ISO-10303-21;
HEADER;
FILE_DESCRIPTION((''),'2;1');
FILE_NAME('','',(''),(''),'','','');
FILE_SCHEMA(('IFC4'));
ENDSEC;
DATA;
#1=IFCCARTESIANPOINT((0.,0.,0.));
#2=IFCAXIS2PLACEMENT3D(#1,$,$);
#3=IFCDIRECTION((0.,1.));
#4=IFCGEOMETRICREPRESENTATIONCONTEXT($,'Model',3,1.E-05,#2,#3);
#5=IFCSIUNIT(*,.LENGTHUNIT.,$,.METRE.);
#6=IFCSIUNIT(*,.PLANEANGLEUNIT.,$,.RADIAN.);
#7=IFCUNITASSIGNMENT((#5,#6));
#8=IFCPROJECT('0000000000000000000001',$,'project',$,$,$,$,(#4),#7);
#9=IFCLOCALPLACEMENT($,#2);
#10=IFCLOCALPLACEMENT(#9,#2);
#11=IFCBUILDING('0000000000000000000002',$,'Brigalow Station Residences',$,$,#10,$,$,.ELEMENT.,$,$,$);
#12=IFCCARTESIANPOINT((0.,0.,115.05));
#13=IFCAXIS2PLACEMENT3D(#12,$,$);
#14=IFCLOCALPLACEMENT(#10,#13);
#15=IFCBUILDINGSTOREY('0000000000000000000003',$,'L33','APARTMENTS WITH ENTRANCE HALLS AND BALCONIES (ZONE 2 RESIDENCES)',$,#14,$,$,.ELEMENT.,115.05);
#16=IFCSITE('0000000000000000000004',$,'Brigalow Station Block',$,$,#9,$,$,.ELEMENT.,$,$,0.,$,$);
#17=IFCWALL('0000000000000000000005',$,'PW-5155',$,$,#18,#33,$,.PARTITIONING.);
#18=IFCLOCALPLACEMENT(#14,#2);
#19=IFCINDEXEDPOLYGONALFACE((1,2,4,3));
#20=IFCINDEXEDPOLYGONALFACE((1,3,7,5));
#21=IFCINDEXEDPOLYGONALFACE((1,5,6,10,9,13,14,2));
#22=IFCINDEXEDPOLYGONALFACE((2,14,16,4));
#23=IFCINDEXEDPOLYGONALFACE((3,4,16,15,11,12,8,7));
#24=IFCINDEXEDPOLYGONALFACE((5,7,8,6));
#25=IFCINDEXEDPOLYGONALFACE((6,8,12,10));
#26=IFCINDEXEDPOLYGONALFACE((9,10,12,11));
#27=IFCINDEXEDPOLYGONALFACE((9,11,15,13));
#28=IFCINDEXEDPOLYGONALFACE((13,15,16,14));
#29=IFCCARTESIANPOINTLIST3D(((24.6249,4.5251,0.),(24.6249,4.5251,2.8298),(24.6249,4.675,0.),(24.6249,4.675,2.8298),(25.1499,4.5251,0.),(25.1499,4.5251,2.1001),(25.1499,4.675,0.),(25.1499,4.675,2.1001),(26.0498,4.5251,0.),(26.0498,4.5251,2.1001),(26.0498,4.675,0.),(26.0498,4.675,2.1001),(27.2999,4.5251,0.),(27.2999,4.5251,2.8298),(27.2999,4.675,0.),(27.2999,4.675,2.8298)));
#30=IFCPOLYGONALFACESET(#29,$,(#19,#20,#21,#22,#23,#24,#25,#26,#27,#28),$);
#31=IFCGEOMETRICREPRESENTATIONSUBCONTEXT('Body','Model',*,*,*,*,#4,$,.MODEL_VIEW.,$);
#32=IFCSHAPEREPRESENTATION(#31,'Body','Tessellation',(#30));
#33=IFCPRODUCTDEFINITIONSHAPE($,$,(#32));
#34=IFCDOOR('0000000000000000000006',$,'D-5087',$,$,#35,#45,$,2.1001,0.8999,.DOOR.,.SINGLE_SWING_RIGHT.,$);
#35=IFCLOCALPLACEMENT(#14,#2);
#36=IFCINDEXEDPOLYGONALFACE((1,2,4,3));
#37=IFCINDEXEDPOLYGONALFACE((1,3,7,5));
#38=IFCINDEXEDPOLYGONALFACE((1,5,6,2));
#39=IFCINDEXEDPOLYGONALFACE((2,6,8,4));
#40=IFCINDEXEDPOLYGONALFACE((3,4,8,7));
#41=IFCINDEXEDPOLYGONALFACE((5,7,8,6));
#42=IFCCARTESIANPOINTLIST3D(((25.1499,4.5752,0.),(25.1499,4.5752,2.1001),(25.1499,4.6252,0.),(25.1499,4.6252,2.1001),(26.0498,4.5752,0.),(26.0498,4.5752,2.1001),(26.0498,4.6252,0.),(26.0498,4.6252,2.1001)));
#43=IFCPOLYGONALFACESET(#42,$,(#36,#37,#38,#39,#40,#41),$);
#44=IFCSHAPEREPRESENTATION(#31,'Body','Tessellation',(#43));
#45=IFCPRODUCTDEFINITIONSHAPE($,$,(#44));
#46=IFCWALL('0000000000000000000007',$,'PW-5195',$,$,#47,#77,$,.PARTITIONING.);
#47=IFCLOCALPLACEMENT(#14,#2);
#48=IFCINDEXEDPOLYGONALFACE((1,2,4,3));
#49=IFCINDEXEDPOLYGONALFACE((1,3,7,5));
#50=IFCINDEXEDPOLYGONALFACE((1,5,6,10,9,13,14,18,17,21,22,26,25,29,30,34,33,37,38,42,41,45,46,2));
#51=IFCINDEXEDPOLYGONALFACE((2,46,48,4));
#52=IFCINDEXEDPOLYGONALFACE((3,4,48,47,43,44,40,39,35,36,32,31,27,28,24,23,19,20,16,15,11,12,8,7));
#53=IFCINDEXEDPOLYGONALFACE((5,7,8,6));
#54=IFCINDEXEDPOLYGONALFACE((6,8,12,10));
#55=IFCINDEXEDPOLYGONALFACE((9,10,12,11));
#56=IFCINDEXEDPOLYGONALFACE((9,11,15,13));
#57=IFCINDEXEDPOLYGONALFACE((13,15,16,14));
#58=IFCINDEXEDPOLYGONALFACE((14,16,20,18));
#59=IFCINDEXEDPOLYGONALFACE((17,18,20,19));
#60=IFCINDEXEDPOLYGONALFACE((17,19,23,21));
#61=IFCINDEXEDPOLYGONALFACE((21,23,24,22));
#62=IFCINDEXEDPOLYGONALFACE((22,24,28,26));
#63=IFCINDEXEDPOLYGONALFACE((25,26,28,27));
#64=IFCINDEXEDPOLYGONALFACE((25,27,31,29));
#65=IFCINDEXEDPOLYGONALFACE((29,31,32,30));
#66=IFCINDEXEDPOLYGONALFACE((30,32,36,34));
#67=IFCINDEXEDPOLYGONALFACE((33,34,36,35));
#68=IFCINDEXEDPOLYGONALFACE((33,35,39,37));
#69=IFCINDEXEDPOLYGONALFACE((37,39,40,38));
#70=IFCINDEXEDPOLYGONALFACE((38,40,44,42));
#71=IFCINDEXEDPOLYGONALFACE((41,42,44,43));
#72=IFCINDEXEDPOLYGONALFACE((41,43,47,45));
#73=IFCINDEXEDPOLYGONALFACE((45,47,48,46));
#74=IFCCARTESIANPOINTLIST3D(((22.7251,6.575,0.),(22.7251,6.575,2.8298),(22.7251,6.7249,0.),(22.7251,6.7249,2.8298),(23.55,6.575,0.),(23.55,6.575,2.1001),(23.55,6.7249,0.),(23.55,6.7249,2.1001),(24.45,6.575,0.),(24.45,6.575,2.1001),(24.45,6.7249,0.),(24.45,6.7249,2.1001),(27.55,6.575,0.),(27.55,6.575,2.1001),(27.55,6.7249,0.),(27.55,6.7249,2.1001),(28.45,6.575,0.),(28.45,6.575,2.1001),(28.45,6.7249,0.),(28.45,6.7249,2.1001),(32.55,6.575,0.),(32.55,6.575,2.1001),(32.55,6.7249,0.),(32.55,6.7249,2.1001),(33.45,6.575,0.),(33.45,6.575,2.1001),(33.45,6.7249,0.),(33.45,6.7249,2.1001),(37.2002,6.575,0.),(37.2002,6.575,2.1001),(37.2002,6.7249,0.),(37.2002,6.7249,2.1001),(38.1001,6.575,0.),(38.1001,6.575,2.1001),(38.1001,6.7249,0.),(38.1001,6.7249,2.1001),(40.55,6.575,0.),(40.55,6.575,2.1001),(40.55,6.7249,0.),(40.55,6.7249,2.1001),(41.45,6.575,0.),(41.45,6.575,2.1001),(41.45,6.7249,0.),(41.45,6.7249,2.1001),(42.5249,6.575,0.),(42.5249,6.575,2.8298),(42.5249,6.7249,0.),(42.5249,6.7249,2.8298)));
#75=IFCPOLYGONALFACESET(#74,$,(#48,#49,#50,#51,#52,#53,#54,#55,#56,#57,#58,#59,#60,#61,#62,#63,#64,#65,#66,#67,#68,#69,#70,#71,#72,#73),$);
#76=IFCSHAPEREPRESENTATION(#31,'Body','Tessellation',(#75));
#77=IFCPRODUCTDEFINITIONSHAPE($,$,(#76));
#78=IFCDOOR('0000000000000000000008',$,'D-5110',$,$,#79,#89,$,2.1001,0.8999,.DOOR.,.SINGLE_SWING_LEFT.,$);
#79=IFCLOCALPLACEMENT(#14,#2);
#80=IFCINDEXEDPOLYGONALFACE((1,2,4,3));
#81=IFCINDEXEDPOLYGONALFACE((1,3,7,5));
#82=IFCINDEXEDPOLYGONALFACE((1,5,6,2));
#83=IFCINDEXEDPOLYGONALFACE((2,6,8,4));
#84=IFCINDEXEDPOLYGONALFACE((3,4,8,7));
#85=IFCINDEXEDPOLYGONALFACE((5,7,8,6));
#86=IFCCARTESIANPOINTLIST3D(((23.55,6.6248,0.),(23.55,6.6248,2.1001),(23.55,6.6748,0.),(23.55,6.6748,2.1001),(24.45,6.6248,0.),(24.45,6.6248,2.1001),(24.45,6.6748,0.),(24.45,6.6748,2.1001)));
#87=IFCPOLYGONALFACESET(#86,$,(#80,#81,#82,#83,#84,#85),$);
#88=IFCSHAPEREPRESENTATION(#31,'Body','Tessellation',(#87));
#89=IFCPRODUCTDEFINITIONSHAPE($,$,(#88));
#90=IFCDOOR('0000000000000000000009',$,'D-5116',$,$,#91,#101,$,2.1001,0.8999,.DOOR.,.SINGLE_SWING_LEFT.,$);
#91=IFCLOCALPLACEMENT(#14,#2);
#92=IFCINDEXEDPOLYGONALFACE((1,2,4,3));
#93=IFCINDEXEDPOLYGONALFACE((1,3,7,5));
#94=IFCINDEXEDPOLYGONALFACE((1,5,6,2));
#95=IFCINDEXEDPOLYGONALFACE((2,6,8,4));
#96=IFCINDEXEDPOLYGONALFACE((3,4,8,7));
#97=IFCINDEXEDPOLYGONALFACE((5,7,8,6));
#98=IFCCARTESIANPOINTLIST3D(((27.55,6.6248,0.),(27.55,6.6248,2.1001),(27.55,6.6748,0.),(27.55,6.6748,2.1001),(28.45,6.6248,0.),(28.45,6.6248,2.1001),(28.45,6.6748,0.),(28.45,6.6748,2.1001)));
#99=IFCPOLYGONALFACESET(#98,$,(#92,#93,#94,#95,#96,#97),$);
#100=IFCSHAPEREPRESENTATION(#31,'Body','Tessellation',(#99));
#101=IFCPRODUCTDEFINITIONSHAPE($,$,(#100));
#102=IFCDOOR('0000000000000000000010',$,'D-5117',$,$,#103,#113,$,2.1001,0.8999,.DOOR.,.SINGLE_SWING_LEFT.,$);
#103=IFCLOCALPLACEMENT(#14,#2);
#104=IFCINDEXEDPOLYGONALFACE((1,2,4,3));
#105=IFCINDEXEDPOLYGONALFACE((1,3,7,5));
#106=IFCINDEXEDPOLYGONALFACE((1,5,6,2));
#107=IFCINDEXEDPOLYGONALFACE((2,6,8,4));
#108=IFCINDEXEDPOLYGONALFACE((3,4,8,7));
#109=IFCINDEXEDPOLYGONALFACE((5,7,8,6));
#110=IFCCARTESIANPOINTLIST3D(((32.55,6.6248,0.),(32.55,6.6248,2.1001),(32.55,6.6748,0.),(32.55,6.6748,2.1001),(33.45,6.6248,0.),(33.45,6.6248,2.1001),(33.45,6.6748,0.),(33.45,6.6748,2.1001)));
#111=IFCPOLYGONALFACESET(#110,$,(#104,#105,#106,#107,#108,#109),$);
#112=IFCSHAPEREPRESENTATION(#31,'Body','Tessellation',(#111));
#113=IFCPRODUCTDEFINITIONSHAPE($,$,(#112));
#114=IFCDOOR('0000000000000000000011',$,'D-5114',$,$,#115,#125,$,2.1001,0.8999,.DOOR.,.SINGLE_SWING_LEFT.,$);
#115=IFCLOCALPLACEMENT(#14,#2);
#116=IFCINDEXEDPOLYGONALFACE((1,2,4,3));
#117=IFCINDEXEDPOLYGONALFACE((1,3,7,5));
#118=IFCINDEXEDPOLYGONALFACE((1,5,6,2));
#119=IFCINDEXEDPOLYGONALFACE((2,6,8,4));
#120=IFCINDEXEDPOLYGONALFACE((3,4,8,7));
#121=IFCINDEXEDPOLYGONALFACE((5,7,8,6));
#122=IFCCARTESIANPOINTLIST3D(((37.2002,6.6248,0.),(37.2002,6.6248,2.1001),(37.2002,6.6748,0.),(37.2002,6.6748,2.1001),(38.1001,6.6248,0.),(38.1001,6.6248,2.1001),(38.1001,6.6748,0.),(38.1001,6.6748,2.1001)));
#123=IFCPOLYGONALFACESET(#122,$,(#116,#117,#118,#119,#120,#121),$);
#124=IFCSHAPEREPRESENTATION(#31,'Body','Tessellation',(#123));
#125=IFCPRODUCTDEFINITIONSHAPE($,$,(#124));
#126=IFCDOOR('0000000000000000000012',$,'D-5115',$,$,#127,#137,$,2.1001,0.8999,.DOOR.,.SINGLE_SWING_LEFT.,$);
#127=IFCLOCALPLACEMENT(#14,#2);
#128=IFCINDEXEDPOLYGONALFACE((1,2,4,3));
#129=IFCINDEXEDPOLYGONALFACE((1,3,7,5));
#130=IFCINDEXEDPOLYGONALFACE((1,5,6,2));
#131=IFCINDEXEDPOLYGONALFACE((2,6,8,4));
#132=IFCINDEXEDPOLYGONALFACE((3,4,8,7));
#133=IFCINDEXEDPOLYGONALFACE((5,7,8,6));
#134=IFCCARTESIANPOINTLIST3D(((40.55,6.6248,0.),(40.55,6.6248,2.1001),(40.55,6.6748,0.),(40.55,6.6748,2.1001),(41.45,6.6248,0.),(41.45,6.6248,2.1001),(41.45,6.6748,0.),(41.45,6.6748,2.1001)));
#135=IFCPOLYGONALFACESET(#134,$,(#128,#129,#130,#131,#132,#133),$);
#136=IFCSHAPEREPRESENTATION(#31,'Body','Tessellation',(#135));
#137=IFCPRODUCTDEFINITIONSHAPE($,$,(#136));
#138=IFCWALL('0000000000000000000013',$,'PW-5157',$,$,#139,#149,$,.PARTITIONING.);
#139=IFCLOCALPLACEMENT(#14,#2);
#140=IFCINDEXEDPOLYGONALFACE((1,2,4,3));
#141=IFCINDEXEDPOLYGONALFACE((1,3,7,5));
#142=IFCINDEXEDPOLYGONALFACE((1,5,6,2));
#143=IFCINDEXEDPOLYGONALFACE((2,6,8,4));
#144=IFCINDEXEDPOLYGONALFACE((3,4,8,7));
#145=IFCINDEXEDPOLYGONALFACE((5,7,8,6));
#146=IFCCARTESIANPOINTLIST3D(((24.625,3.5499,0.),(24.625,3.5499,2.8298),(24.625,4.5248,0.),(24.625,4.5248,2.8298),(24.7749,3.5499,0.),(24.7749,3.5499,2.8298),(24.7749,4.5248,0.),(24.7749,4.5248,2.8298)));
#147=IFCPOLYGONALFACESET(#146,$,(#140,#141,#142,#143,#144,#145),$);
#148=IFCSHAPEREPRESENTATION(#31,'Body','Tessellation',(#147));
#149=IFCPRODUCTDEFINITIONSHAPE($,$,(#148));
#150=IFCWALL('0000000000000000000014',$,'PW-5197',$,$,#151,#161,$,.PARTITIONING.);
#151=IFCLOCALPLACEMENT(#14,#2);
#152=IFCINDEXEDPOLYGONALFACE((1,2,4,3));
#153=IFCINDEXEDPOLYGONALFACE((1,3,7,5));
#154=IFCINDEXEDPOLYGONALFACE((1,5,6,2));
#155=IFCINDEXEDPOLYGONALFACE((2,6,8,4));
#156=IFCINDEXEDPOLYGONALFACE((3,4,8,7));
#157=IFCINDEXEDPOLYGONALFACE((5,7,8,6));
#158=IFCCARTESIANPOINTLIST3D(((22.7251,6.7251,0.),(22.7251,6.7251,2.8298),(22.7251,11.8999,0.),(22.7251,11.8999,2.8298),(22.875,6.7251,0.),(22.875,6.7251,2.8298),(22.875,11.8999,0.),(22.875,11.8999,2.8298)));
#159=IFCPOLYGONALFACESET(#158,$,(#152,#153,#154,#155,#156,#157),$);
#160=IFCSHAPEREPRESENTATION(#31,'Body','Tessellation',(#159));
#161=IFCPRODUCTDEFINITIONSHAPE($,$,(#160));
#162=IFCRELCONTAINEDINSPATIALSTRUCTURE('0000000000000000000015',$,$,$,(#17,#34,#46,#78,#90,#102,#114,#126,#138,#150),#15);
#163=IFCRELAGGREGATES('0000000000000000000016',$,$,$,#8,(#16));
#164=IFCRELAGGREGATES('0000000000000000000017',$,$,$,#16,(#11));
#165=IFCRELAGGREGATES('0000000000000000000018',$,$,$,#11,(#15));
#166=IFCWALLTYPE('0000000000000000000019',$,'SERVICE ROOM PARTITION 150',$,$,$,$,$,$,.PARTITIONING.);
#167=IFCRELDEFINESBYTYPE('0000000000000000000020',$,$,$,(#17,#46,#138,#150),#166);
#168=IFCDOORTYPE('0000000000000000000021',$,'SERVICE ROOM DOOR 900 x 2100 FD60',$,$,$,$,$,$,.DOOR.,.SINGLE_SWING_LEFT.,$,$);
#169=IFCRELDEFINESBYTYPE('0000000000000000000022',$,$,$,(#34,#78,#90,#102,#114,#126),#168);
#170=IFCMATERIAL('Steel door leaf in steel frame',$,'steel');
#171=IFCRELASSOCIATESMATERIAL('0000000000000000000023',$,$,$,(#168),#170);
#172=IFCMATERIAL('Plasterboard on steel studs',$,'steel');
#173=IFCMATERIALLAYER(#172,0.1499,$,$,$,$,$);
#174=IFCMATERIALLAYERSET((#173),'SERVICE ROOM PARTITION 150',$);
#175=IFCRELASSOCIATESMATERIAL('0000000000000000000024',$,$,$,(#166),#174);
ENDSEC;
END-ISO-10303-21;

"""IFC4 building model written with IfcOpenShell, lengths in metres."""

from ifc_helpers import new_model, si_unit, direction, frame, frame_2d, origin, place, context, subcontext, project, spatial, rectangle, extrude, material, layer, layer_set, type_object, element, fill, save


model = new_model("IFC4")

# Units and contexts
model_context = context("Model", 3, precision=1e-05, world=origin(), true_north=direction((0.0, 1.0)))
body_context = subcontext(model_context, "Body", "Model", "MODEL_VIEW")
ifc_project = project(units=[si_unit("LENGTHUNIT", "METRE"), si_unit("PLANEANGLEUNIT", "RADIAN")], contexts=[model_context])

# Site, building, storey
site_placement = place(None, origin())
site = spatial("IfcSite", under=ifc_project, at=site_placement, Name="Brigalow Station Block", CompositionType="ELEMENT", RefElevation=0.0)
building_placement = place(site_placement, origin())
building = spatial("IfcBuilding", under=site, at=building_placement, Name="Brigalow Station Residences", CompositionType="ELEMENT")
storey_placement = place(building_placement, frame((0.0, 0.0, 115.05)))
storey = spatial("IfcBuildingStorey", under=building, at=storey_placement, Name="L33", Description="APARTMENTS WITH ENTRANCE HALLS AND BALCONIES (ZONE 2 RESIDENCES)", CompositionType="ELEMENT", Elevation=115.05)

# Shared definitions
ifc_material_1 = material(Name="Steel door leaf in steel frame", Category="steel")
door_type_1 = type_object("IfcDoorType", Name="SERVICE ROOM DOOR 900 x 2100 FD60", OperationType="SINGLE_SWING_LEFT", PredefinedType="DOOR", material=ifc_material_1)

# Wall, opening, door
ifc_material_2 = material(Name="Plasterboard on steel studs", Category="steel")
ifc_layer_1 = layer(ifc_material_2, 0.1499)
ifc_layer_set_1 = layer_set([ifc_layer_1], Name="SERVICE ROOM PARTITION 150")
wall_type_1 = type_object("IfcWallType", Name="SERVICE ROOM PARTITION 150", PredefinedType="PARTITIONING", material=ifc_layer_set_1)
wall_1_placement = place(storey_placement, frame((24.625, 4.6001, 0.0), z_axis=(0.0, 0.0, 1.0), x_axis=(1.0, 0.0, 0.0)))
wall_1 = element("IfcWall", 1, at=wall_1_placement, inside=storey, type_object=wall_type_1, Name="PW-5155", PredefinedType="PARTITIONING", context=body_context, shape_type="SweptSolid", body=[
    extrude(rectangle(XDim=2.675, YDim=0.1499, at=frame_2d((1.3374, 0.0))), origin(), (0.0, 0.0, 1.0), 2.8298),
])
opening_1_placement = place(wall_1_placement, frame((0.5249, 0.0, 0.0)))
opening_1 = element("IfcOpeningElement", 2, at=opening_1_placement, cuts=wall_1, PredefinedType="OPENING", context=body_context, shape_type="SweptSolid", body=[
    extrude(rectangle(XDim=0.8999, YDim=2.1001, at=frame_2d((0.45, 1.05))), frame((0.0, 0.085, 0.0), z_axis=(0.0, -1.0, 0.0), x_axis=(1.0, 0.0, 0.0)), (0.0, 0.0, 1.0), 0.1699),
])
door_1_placement = place(opening_1_placement, frame((0.8999, 0.0, 0.0), z_axis=(0.0, 0.0, 1.0), x_axis=(-1.0, 0.0, 0.0)))
door_1 = element("IfcDoor", 3, at=door_1_placement, inside=storey, type_object=door_type_1, Name="D-5087", OperationType="SINGLE_SWING_RIGHT", OverallHeight=2.1001, OverallWidth=0.8999, PredefinedType="DOOR", context=body_context, shape_type="SweptSolid", body=[
    extrude(rectangle(XDim=0.8999, YDim=2.1001, at=frame_2d((0.45, 1.05))), frame((0.0, 0.0249, 0.0), z_axis=(0.0, -1.0, 0.0), x_axis=(1.0, 0.0, 0.0)), (0.0, 0.0, 1.0), 0.05),
])
fill(opening_1, door_1)

# Wall, openings, doors
wall_2_placement = place(storey_placement, frame((22.7251, 6.6499, 0.0), z_axis=(0.0, 0.0, 1.0), x_axis=(1.0, 0.0, 0.0)))
wall_2 = element("IfcWall", 4, at=wall_2_placement, inside=storey, type_object=wall_type_1, Name="PW-5195", PredefinedType="PARTITIONING", context=body_context, shape_type="SweptSolid", body=[
    extrude(rectangle(XDim=19.7998, YDim=0.1499, at=frame_2d((9.8999, 0.0))), origin(), (0.0, 0.0, 1.0), 2.8298),
])
opening_2_placement = place(wall_2_placement, frame((0.825, 0.0, 0.0)))
opening_2 = element("IfcOpeningElement", 5, at=opening_2_placement, cuts=wall_2, PredefinedType="OPENING", context=body_context, shape_type="SweptSolid", body=[
    extrude(rectangle(XDim=0.8999, YDim=2.1001, at=frame_2d((0.45, 1.05))), frame((0.0, 0.085, 0.0), z_axis=(0.0, -1.0, 0.0), x_axis=(1.0, 0.0, 0.0)), (0.0, 0.0, 1.0), 0.1699),
])
opening_3_placement = place(wall_2_placement, frame((4.825, 0.0, 0.0)))
opening_3 = element("IfcOpeningElement", 6, at=opening_3_placement, cuts=wall_2, PredefinedType="OPENING", context=body_context, shape_type="SweptSolid", body=[
    extrude(rectangle(XDim=0.8999, YDim=2.1001, at=frame_2d((0.45, 1.05))), frame((0.0, 0.085, 0.0), z_axis=(0.0, -1.0, 0.0), x_axis=(1.0, 0.0, 0.0)), (0.0, 0.0, 1.0), 0.1699),
])
opening_4_placement = place(wall_2_placement, frame((9.825, 0.0, 0.0)))
opening_4 = element("IfcOpeningElement", 7, at=opening_4_placement, cuts=wall_2, PredefinedType="OPENING", context=body_context, shape_type="SweptSolid", body=[
    extrude(rectangle(XDim=0.8999, YDim=2.1001, at=frame_2d((0.45, 1.05))), frame((0.0, 0.085, 0.0), z_axis=(0.0, -1.0, 0.0), x_axis=(1.0, 0.0, 0.0)), (0.0, 0.0, 1.0), 0.1699),
])
opening_5_placement = place(wall_2_placement, frame((14.4751, 0.0, 0.0)))
opening_5 = element("IfcOpeningElement", 8, at=opening_5_placement, cuts=wall_2, PredefinedType="OPENING", context=body_context, shape_type="SweptSolid", body=[
    extrude(rectangle(XDim=0.8999, YDim=2.1001, at=frame_2d((0.45, 1.05))), frame((0.0, 0.085, 0.0), z_axis=(0.0, -1.0, 0.0), x_axis=(1.0, 0.0, 0.0)), (0.0, 0.0, 1.0), 0.1699),
])
opening_6_placement = place(wall_2_placement, frame((17.825, 0.0, 0.0)))
opening_6 = element("IfcOpeningElement", 9, at=opening_6_placement, cuts=wall_2, PredefinedType="OPENING", context=body_context, shape_type="SweptSolid", body=[
    extrude(rectangle(XDim=0.8999, YDim=2.1001, at=frame_2d((0.45, 1.05))), frame((0.0, 0.085, 0.0), z_axis=(0.0, -1.0, 0.0), x_axis=(1.0, 0.0, 0.0)), (0.0, 0.0, 1.0), 0.1699),
])
door_2_placement = place(opening_2_placement, origin())
door_2 = element("IfcDoor", 10, at=door_2_placement, inside=storey, type_object=door_type_1, Name="D-5110", OperationType="SINGLE_SWING_LEFT", OverallHeight=2.1001, OverallWidth=0.8999, PredefinedType="DOOR", context=body_context, shape_type="SweptSolid", body=[
    extrude(rectangle(XDim=0.8999, YDim=2.1001, at=frame_2d((0.45, 1.05))), frame((0.0, 0.0249, 0.0), z_axis=(0.0, -1.0, 0.0), x_axis=(1.0, 0.0, 0.0)), (0.0, 0.0, 1.0), 0.05),
])
fill(opening_2, door_2)
door_3_placement = place(opening_3_placement, origin())
door_3 = element("IfcDoor", 11, at=door_3_placement, inside=storey, type_object=door_type_1, Name="D-5116", OperationType="SINGLE_SWING_LEFT", OverallHeight=2.1001, OverallWidth=0.8999, PredefinedType="DOOR", context=body_context, shape_type="SweptSolid", body=[
    extrude(rectangle(XDim=0.8999, YDim=2.1001, at=frame_2d((0.45, 1.05))), frame((0.0, 0.0249, 0.0), z_axis=(0.0, -1.0, 0.0), x_axis=(1.0, 0.0, 0.0)), (0.0, 0.0, 1.0), 0.05),
])
fill(opening_3, door_3)
door_4_placement = place(opening_4_placement, origin())
door_4 = element("IfcDoor", 12, at=door_4_placement, inside=storey, type_object=door_type_1, Name="D-5117", OperationType="SINGLE_SWING_LEFT", OverallHeight=2.1001, OverallWidth=0.8999, PredefinedType="DOOR", context=body_context, shape_type="SweptSolid", body=[
    extrude(rectangle(XDim=0.8999, YDim=2.1001, at=frame_2d((0.45, 1.05))), frame((0.0, 0.0249, 0.0), z_axis=(0.0, -1.0, 0.0), x_axis=(1.0, 0.0, 0.0)), (0.0, 0.0, 1.0), 0.05),
])
fill(opening_4, door_4)
door_5_placement = place(opening_5_placement, origin())
door_5 = element("IfcDoor", 13, at=door_5_placement, inside=storey, type_object=door_type_1, Name="D-5114", OperationType="SINGLE_SWING_LEFT", OverallHeight=2.1001, OverallWidth=0.8999, PredefinedType="DOOR", context=body_context, shape_type="SweptSolid", body=[
    extrude(rectangle(XDim=0.8999, YDim=2.1001, at=frame_2d((0.45, 1.05))), frame((0.0, 0.0249, 0.0), z_axis=(0.0, -1.0, 0.0), x_axis=(1.0, 0.0, 0.0)), (0.0, 0.0, 1.0), 0.05),
])
fill(opening_5, door_5)
door_6_placement = place(opening_6_placement, origin())
door_6 = element("IfcDoor", 14, at=door_6_placement, inside=storey, type_object=door_type_1, Name="D-5115", OperationType="SINGLE_SWING_LEFT", OverallHeight=2.1001, OverallWidth=0.8999, PredefinedType="DOOR", context=body_context, shape_type="SweptSolid", body=[
    extrude(rectangle(XDim=0.8999, YDim=2.1001, at=frame_2d((0.45, 1.05))), frame((0.0, 0.0249, 0.0), z_axis=(0.0, -1.0, 0.0), x_axis=(1.0, 0.0, 0.0)), (0.0, 0.0, 1.0), 0.05),
])
fill(opening_6, door_6)

# Walls
wall_3_placement = place(storey_placement, frame((24.7, 3.55, 0.0), z_axis=(0.0, 0.0, 1.0), x_axis=(0.0, 1.0, 0.0)))
element("IfcWall", 15, at=wall_3_placement, inside=storey, type_object=wall_type_1, Name="PW-5157", PredefinedType="PARTITIONING", context=body_context, shape_type="SweptSolid", body=[
    extrude(rectangle(XDim=0.9749, YDim=0.1499, at=frame_2d((0.4873, 0.0))), origin(), (0.0, 0.0, 1.0), 2.8298),
])
wall_4_placement = place(storey_placement, frame((22.8, 6.7251, 0.0), z_axis=(0.0, 0.0, 1.0), x_axis=(0.0, 1.0, 0.0)))
element("IfcWall", 16, at=wall_4_placement, inside=storey, type_object=wall_type_1, Name="PW-5197", PredefinedType="PARTITIONING", context=body_context, shape_type="SweptSolid", body=[
    extrude(rectangle(XDim=5.1748, YDim=0.1499, at=frame_2d((2.5874, 0.0))), origin(), (0.0, 0.0, 1.0), 2.8298),
])

save(model, "model.ifc")
